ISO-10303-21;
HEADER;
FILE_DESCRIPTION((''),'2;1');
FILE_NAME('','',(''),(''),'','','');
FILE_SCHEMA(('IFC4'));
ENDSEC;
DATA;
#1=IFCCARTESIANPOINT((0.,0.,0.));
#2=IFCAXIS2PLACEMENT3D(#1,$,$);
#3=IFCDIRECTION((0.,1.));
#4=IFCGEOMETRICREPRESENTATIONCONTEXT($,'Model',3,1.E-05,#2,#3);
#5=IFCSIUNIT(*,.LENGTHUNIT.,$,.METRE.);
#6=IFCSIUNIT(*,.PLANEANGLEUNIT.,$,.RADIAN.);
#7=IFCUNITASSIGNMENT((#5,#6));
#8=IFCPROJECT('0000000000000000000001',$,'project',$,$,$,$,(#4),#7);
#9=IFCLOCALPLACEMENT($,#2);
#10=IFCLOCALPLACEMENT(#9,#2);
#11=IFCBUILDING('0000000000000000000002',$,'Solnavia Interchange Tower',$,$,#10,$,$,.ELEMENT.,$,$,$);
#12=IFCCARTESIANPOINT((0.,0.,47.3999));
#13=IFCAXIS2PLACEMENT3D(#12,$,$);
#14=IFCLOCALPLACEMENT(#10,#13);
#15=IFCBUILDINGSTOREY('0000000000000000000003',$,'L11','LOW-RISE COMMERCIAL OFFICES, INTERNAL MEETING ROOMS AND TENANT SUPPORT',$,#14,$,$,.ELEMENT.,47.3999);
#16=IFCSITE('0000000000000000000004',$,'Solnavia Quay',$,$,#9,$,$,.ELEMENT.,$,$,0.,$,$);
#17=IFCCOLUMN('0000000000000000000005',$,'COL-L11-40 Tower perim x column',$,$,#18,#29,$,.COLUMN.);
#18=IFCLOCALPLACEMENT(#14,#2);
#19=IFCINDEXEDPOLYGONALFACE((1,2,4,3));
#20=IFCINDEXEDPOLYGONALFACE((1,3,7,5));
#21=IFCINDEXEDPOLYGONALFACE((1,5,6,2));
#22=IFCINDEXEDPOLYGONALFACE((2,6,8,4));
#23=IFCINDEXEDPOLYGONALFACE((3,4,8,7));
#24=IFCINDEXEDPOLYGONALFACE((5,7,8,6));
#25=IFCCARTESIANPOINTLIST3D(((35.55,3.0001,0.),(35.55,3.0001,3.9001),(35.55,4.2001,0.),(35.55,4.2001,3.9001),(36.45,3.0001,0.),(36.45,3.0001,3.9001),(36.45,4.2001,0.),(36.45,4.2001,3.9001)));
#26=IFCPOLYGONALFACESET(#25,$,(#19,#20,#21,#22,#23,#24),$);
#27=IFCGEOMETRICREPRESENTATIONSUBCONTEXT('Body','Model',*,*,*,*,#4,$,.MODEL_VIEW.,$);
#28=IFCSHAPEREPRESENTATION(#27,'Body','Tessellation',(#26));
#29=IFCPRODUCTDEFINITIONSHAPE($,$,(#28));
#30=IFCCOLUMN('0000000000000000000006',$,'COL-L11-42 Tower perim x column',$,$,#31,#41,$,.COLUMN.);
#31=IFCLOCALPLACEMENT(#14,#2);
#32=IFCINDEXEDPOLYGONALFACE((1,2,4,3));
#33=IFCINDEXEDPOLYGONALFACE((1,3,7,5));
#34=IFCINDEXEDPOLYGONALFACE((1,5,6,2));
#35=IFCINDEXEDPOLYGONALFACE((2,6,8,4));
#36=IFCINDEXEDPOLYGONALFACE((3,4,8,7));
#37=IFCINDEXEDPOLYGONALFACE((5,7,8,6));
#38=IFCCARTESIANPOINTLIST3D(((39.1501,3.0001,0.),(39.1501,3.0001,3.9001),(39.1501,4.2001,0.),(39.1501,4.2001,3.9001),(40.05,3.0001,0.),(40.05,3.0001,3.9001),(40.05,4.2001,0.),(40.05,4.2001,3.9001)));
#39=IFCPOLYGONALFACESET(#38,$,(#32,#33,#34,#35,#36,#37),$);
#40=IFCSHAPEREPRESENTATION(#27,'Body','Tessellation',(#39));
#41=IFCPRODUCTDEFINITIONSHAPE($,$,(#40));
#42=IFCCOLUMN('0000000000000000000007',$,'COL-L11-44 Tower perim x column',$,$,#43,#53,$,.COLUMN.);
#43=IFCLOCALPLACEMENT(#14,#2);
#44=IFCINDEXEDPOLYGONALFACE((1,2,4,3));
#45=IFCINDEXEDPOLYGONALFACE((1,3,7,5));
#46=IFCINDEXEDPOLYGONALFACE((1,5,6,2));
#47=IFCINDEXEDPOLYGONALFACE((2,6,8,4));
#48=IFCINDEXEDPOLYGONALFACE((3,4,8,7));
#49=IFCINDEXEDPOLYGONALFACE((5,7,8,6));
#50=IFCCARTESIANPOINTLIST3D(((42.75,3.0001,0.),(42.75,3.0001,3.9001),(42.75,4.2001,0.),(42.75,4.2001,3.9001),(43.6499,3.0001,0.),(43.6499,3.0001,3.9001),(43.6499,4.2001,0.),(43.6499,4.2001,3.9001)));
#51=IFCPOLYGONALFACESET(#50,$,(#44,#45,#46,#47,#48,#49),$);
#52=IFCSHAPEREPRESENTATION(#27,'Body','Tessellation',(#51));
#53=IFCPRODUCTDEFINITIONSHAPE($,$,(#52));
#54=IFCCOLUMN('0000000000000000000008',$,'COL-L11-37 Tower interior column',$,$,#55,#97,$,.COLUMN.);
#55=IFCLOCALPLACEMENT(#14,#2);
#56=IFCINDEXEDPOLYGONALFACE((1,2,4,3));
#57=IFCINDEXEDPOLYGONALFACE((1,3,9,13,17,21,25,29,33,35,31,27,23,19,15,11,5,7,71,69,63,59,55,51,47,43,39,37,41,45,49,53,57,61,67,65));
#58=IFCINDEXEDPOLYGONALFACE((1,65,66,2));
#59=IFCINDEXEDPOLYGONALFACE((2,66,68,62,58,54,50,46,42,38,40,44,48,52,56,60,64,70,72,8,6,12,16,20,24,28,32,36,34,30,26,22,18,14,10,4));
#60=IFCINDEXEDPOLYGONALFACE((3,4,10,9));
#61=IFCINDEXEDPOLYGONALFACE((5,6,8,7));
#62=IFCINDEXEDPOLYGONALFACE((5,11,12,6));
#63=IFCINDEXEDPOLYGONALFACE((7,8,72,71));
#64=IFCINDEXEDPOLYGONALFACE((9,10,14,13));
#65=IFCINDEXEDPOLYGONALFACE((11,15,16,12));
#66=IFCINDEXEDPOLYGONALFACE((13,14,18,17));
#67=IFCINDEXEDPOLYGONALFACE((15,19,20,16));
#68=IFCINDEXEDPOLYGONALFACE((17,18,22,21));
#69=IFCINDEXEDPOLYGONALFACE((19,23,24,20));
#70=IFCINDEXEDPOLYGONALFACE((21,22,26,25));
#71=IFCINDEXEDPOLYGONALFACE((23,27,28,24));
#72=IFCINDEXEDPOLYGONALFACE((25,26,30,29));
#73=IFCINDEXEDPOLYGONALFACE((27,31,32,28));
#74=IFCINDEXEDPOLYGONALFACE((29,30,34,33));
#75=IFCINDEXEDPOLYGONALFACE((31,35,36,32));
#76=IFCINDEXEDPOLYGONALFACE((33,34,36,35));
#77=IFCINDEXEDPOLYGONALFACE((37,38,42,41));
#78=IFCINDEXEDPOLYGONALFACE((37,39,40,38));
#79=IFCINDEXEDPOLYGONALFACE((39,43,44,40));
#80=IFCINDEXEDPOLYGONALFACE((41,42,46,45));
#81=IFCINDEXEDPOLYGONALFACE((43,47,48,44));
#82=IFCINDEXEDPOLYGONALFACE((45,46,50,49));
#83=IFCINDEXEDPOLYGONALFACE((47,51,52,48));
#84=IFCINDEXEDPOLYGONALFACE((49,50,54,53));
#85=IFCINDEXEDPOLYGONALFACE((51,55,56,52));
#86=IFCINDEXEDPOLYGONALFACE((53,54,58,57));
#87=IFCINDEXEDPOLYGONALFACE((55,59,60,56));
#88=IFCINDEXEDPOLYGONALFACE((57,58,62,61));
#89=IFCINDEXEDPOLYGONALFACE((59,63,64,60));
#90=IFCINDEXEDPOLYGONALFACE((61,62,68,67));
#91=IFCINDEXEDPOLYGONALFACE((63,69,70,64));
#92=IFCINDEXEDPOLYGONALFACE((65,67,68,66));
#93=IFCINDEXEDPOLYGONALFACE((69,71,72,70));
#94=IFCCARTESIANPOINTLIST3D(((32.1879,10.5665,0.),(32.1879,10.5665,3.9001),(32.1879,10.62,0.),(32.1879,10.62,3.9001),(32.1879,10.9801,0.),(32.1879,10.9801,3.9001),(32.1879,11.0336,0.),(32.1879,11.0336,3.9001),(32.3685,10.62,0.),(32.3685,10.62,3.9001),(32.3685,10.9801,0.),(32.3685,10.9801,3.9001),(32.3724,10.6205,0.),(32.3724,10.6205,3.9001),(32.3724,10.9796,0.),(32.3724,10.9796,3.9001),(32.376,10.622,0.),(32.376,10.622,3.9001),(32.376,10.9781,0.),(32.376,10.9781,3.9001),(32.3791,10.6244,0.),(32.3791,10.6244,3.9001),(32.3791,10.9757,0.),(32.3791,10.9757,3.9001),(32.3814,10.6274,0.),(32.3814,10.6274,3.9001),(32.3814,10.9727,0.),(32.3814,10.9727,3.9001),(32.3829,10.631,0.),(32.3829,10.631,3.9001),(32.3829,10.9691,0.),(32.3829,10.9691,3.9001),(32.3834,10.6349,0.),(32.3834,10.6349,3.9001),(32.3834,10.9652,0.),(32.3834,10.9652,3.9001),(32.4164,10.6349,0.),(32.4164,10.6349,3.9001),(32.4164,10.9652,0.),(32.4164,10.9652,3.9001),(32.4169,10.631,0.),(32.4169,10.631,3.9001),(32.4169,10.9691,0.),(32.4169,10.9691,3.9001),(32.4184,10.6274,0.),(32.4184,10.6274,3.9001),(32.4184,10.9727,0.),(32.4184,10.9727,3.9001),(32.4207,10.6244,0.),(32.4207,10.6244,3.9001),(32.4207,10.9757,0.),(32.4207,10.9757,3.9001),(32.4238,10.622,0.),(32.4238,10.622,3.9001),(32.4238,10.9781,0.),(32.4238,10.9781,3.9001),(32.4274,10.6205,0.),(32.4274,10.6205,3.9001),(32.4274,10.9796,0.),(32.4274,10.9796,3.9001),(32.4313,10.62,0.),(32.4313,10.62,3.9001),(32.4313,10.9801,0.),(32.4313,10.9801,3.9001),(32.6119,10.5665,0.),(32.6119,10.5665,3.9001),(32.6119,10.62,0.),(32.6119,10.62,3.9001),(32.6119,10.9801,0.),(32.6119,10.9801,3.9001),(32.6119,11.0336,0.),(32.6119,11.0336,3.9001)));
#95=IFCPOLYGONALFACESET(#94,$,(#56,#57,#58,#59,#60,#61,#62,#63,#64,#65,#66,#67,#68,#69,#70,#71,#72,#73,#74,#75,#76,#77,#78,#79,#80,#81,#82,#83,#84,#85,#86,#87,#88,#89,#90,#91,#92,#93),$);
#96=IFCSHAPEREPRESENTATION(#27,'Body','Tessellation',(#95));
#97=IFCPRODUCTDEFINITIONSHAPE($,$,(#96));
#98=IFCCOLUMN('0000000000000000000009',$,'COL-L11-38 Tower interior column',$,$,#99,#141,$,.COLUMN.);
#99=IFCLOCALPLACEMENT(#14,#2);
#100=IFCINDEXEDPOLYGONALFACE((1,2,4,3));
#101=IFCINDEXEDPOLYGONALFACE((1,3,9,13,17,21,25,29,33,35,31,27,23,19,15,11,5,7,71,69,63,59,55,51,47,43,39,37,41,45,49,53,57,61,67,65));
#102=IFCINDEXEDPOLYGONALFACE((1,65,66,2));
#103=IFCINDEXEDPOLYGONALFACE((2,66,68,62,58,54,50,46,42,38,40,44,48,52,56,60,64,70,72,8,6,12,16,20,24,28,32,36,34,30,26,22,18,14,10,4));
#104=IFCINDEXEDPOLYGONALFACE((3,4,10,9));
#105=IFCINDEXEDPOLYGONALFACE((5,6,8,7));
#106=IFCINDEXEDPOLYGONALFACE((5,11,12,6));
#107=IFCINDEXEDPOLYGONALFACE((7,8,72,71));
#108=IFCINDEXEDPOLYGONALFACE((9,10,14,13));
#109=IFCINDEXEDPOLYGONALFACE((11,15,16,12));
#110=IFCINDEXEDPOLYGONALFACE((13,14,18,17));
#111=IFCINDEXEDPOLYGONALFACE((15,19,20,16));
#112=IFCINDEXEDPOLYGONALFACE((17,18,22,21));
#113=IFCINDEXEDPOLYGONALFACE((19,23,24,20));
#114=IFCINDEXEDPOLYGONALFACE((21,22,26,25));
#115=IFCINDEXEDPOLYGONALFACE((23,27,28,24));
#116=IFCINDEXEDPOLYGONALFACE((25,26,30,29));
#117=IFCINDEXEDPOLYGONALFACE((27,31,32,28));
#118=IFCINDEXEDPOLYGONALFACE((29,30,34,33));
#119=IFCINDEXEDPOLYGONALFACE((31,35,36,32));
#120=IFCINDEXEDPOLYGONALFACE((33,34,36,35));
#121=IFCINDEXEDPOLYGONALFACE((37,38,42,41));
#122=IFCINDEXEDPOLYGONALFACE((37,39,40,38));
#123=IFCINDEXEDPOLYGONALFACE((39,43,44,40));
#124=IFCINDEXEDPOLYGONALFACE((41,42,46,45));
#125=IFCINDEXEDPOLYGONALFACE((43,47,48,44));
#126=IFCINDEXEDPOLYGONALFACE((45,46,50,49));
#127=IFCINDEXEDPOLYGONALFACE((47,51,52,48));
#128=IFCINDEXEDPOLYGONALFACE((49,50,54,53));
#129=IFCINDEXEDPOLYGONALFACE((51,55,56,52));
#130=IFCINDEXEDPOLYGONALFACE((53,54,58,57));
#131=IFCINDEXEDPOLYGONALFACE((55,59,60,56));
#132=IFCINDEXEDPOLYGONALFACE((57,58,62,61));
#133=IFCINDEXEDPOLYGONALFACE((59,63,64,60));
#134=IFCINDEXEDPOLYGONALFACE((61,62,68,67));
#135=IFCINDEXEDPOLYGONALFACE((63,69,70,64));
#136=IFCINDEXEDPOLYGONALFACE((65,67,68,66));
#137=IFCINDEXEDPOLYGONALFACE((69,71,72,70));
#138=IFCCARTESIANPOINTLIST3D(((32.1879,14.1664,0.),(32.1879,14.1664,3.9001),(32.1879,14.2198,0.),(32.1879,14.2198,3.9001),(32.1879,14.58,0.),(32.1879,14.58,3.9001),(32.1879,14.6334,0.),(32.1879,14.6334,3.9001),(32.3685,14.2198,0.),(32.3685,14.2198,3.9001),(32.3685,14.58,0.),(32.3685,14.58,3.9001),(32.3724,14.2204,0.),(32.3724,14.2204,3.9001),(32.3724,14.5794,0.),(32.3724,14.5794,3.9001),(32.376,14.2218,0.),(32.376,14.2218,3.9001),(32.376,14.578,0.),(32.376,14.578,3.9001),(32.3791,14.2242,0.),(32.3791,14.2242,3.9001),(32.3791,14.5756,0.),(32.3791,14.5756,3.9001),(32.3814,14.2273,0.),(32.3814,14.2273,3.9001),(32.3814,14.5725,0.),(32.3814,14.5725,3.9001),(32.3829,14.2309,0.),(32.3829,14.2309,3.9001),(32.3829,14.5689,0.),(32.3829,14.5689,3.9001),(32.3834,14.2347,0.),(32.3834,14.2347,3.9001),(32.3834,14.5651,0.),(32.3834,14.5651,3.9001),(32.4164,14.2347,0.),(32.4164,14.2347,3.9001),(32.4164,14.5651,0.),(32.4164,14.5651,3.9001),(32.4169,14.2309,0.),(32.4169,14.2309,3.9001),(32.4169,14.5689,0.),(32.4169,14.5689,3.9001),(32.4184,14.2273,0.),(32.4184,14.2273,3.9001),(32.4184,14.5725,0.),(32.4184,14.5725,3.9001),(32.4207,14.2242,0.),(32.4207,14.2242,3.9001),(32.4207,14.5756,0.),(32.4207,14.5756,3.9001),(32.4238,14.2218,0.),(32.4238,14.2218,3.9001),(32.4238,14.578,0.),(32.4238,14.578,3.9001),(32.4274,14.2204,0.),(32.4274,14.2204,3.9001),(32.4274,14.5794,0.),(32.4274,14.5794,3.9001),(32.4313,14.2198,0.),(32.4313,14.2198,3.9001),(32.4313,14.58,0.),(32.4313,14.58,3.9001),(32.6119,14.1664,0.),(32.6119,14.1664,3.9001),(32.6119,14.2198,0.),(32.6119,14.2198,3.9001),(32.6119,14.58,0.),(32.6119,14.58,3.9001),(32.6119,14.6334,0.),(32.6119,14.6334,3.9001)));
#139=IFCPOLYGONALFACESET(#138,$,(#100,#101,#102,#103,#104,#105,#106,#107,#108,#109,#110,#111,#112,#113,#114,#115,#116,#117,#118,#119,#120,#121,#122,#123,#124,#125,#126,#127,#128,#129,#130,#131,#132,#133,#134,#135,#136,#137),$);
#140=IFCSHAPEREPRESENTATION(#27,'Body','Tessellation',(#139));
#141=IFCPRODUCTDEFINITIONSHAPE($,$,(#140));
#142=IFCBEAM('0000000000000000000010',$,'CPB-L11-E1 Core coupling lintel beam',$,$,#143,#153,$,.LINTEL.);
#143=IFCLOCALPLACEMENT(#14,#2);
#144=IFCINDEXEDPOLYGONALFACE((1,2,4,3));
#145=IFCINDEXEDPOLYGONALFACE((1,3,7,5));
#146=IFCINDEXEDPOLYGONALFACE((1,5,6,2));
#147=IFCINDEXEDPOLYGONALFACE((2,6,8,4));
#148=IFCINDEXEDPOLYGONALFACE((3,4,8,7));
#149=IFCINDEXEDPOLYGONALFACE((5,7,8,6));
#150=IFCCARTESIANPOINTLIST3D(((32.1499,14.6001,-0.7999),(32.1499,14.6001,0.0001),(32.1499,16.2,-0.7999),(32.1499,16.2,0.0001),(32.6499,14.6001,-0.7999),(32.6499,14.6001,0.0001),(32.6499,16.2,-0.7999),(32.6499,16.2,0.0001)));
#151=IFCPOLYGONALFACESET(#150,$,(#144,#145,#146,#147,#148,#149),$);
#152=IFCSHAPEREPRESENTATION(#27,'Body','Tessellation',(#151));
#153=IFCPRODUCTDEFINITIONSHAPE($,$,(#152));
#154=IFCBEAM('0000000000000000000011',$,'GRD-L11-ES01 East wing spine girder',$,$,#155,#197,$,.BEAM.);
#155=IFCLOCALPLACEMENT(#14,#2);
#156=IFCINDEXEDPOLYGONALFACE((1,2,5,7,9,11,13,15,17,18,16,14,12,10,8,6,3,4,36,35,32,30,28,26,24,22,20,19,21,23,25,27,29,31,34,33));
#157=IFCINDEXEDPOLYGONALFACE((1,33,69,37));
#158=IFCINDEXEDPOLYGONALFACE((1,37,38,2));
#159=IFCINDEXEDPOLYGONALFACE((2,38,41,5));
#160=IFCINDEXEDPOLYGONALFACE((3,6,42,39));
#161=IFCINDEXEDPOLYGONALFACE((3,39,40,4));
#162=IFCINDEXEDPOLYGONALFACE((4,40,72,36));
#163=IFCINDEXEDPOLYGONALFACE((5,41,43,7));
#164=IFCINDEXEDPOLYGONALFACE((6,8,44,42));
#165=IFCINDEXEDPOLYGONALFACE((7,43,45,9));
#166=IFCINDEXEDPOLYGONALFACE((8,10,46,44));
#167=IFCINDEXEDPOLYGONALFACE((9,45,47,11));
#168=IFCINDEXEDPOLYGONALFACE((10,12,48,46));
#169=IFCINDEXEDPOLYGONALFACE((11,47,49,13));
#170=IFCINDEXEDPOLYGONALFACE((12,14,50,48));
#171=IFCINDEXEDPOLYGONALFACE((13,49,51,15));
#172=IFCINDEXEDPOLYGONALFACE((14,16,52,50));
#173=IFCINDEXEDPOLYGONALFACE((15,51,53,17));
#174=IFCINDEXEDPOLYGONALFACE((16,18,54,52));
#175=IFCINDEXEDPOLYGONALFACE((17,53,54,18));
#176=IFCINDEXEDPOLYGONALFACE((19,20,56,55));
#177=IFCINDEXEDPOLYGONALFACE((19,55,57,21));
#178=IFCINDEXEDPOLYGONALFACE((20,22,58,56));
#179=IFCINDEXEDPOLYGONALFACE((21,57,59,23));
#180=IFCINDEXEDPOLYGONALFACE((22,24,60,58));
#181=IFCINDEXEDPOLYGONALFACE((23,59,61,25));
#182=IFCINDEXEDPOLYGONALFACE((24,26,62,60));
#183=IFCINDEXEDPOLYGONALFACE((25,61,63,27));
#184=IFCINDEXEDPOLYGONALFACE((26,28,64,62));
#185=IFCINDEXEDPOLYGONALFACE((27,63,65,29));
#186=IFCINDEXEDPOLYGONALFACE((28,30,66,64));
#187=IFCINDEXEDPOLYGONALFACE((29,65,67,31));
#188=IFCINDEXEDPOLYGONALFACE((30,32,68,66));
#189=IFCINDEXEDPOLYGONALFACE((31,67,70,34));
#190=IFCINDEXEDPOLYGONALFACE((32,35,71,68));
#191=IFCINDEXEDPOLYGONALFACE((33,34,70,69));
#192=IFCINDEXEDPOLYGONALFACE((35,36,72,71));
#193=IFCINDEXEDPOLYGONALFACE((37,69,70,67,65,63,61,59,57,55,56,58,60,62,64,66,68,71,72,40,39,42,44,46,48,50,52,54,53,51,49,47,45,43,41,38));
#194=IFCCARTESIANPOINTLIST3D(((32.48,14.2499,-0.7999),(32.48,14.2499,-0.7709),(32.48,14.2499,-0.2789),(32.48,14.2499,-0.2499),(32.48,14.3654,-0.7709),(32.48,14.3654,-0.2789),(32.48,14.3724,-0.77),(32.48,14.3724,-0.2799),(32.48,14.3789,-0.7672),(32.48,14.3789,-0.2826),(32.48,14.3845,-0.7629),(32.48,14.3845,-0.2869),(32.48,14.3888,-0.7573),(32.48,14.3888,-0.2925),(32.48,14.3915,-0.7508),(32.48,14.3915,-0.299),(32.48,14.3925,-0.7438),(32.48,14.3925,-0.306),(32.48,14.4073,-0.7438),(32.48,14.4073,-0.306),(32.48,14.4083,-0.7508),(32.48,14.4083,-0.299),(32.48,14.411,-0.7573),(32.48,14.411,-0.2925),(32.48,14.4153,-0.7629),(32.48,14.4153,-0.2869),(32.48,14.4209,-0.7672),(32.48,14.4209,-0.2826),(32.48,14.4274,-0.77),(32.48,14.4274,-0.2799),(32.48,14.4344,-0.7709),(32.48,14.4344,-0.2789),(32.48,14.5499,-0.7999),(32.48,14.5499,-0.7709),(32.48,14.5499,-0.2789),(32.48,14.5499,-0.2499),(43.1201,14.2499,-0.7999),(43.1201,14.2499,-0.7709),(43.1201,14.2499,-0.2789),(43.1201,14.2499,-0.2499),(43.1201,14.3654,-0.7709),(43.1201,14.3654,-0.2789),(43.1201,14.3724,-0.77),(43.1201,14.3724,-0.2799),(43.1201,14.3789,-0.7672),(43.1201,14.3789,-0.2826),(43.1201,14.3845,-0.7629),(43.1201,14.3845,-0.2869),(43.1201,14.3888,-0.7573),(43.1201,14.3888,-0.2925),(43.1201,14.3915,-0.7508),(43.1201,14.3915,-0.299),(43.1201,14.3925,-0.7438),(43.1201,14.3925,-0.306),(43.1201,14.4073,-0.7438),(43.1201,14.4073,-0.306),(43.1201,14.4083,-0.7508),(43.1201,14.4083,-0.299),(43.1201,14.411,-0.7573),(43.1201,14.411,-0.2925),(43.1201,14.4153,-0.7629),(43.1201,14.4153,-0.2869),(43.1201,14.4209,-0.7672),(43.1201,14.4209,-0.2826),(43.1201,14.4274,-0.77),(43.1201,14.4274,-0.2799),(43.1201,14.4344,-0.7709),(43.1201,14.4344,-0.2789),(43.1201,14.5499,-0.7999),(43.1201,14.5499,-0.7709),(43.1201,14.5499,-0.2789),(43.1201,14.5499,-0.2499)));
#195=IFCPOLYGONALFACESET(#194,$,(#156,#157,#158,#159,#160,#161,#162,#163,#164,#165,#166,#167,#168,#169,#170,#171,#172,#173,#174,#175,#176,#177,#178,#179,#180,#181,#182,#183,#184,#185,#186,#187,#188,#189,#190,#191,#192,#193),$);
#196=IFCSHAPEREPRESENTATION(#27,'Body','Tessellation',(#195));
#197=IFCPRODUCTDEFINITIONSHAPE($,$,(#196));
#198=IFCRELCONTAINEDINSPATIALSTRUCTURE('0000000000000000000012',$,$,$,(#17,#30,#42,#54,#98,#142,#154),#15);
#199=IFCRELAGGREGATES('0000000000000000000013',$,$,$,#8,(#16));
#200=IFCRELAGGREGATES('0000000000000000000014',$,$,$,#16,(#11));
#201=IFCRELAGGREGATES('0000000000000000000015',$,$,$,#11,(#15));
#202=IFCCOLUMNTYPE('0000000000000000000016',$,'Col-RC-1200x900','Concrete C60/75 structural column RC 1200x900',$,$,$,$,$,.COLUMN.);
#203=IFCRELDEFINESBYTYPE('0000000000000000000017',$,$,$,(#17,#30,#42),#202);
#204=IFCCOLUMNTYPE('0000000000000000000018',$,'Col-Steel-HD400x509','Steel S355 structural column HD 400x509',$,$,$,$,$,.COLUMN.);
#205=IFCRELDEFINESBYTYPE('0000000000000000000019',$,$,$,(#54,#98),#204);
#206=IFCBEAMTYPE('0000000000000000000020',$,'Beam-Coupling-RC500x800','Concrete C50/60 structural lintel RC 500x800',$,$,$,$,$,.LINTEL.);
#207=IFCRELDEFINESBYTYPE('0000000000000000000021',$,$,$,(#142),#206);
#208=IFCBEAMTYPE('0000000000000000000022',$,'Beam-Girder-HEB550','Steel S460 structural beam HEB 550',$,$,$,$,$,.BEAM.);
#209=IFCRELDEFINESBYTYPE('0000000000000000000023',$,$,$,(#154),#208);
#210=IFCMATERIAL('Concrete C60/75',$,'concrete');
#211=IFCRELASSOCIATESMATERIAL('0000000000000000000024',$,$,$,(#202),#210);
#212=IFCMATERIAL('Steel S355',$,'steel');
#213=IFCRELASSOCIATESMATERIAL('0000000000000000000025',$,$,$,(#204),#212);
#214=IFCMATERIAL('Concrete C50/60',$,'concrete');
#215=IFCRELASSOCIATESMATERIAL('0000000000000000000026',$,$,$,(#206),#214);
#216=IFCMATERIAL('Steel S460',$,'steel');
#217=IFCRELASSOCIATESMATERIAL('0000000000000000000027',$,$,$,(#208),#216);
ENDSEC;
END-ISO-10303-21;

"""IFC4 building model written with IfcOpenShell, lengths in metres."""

from ifc_helpers import new_model, si_unit, direction, frame, origin, origin_2d, place, context, subcontext, project, spatial, rectangle, i_section, extrude, material, material_profile, profile_set, type_object, element, save


model = new_model("IFC4")

# Units and contexts
model_context = context("Model", 3, precision=1e-05, world=origin(), true_north=direction((0.0, 1.0)))
body_context = subcontext(model_context, "Body", "Model", "MODEL_VIEW")
ifc_project = project(units=[si_unit("LENGTHUNIT", "METRE"), si_unit("PLANEANGLEUNIT", "RADIAN")], contexts=[model_context])

# Site, building, storey
site_placement = place(None, origin())
site = spatial("IfcSite", under=ifc_project, at=site_placement, Name="Solnavia Quay", CompositionType="ELEMENT", RefElevation=0.0)
building_placement = place(site_placement, origin())
building = spatial("IfcBuilding", under=site, at=building_placement, Name="Solnavia Interchange Tower", CompositionType="ELEMENT")
storey_placement = place(building_placement, frame((0.0, 0.0, 47.3999)))
storey = spatial("IfcBuildingStorey", under=building, at=storey_placement, Name="L11", Description="LOW-RISE COMMERCIAL OFFICES, INTERNAL MEETING ROOMS AND TENANT SUPPORT", CompositionType="ELEMENT", Elevation=47.3999)

# Columns
ifc_material_1 = material(Name="Concrete C60/75", Category="concrete")
ifc_material_profile_1 = material_profile(ifc_material_1, rectangle(XDim=0.8999, YDim=1.2, at=origin_2d()), Name="RC 1200x900")
ifc_profile_set_1 = profile_set([ifc_material_profile_1], Name="Concrete C60/75")
column_type_1 = type_object("IfcColumnType", Name="Col-RC-1200x900", Description="Concrete C60/75 structural column RC 1200x900", PredefinedType="COLUMN", material=ifc_profile_set_1)
for number, where, z_axis, x_axis, name in (
    (1, (36.0, 3.6001, 0.0), (0.0, 0.0, 1.0), (1.0, 0.0, 0.0), "COL-L11-40 Tower perim x column"),
    (2, (39.6001, 3.6001, 0.0), (0.0, 0.0, 1.0), (1.0, 0.0, 0.0), "COL-L11-42 Tower perim x column"),
    (3, (43.2, 3.6001, 0.0), (0.0, 0.0, 1.0), (1.0, 0.0, 0.0), "COL-L11-44 Tower perim x column"),
):
    element("IfcColumn", number, at=place(storey_placement, frame(where, z_axis=z_axis, x_axis=x_axis)), inside=storey, type_object=column_type_1, Name=name, PredefinedType="COLUMN", context=body_context, shape_type="SweptSolid", body=[
        extrude(rectangle(XDim=0.8999, YDim=1.2, at=origin_2d()), origin(), (0.0, 0.0, 1.0), 3.9001),
    ])
ifc_material_2 = material(Name="Steel S355", Category="steel")
ifc_material_profile_2 = material_profile(ifc_material_2, i_section(OverallWidth=0.4241, OverallDepth=0.467, WebThickness=0.033, FlangeThickness=0.0535, FilletRadius=0.0149, at=origin_2d()), Name="HD 400x509")
ifc_profile_set_2 = profile_set([ifc_material_profile_2], Name="Steel S355")
column_type_2 = type_object("IfcColumnType", Name="Col-Steel-HD400x509", Description="Steel S355 structural column HD 400x509", PredefinedType="COLUMN", material=ifc_profile_set_2)
for number, where, z_axis, x_axis, name in (
    (4, (32.3999, 10.8, 0.0), (0.0, 0.0, 1.0), (1.0, 0.0, 0.0), "COL-L11-37 Tower interior column"),
    (5, (32.3999, 14.3999, 0.0), (0.0, 0.0, 1.0), (1.0, 0.0, 0.0), "COL-L11-38 Tower interior column"),
):
    element("IfcColumn", number, at=place(storey_placement, frame(where, z_axis=z_axis, x_axis=x_axis)), inside=storey, type_object=column_type_2, Name=name, PredefinedType="COLUMN", context=body_context, shape_type="SweptSolid", body=[
        extrude(i_section(OverallWidth=0.4241, OverallDepth=0.467, WebThickness=0.033, FlangeThickness=0.0535, FilletRadius=0.0149, at=origin_2d()), origin(), (0.0, 0.0, 1.0), 3.9001),
    ])

# Beams
ifc_material_3 = material(Name="Concrete C50/60", Category="concrete")
ifc_material_profile_3 = material_profile(ifc_material_3, rectangle(XDim=0.5, YDim=0.8, at=origin_2d()), Name="RC 500x800")
ifc_profile_set_3 = profile_set([ifc_material_profile_3], Name="Concrete C50/60")
beam_type_1 = type_object("IfcBeamType", Name="Beam-Coupling-RC500x800", Description="Concrete C50/60 structural lintel RC 500x800", PredefinedType="LINTEL", material=ifc_profile_set_3)
beam_1_placement = place(storey_placement, frame((32.3999, 14.6001, -0.3999), z_axis=(0.0, 1.0, 0.0), x_axis=(-1.0, 0.0, 0.0)))
element("IfcBeam", 6, at=beam_1_placement, inside=storey, type_object=beam_type_1, Name="CPB-L11-E1 Core coupling lintel beam", PredefinedType="LINTEL", context=body_context, shape_type="SweptSolid", body=[
    extrude(rectangle(XDim=0.5, YDim=0.8, at=origin_2d()), origin(), (0.0, 0.0, 1.0), 1.5999),
])
ifc_material_4 = material(Name="Steel S460", Category="steel")
ifc_material_profile_4 = material_profile(ifc_material_4, i_section(OverallWidth=0.3, OverallDepth=0.55, WebThickness=0.0149, FlangeThickness=0.0291, FilletRadius=0.0271, at=origin_2d()), Name="HEB 550")
ifc_profile_set_4 = profile_set([ifc_material_profile_4], Name="Steel S460")
beam_type_2 = type_object("IfcBeamType", Name="Beam-Girder-HEB550", Description="Steel S460 structural beam HEB 550", PredefinedType="BEAM", material=ifc_profile_set_4)
beam_2_placement = place(storey_placement, frame((32.48, 14.3999, -0.5249), z_axis=(1.0, 0.0, 0.0), x_axis=(0.0, 1.0, 0.0)))
element("IfcBeam", 7, at=beam_2_placement, inside=storey, type_object=beam_type_2, Name="GRD-L11-ES01 East wing spine girder", PredefinedType="BEAM", context=body_context, shape_type="SweptSolid", body=[
    extrude(i_section(OverallWidth=0.3, OverallDepth=0.55, WebThickness=0.0149, FlangeThickness=0.0291, FilletRadius=0.0271, at=origin_2d()), origin(), (0.0, 0.0, 1.0), 10.6401),
])

save(model, "model.ifc")
